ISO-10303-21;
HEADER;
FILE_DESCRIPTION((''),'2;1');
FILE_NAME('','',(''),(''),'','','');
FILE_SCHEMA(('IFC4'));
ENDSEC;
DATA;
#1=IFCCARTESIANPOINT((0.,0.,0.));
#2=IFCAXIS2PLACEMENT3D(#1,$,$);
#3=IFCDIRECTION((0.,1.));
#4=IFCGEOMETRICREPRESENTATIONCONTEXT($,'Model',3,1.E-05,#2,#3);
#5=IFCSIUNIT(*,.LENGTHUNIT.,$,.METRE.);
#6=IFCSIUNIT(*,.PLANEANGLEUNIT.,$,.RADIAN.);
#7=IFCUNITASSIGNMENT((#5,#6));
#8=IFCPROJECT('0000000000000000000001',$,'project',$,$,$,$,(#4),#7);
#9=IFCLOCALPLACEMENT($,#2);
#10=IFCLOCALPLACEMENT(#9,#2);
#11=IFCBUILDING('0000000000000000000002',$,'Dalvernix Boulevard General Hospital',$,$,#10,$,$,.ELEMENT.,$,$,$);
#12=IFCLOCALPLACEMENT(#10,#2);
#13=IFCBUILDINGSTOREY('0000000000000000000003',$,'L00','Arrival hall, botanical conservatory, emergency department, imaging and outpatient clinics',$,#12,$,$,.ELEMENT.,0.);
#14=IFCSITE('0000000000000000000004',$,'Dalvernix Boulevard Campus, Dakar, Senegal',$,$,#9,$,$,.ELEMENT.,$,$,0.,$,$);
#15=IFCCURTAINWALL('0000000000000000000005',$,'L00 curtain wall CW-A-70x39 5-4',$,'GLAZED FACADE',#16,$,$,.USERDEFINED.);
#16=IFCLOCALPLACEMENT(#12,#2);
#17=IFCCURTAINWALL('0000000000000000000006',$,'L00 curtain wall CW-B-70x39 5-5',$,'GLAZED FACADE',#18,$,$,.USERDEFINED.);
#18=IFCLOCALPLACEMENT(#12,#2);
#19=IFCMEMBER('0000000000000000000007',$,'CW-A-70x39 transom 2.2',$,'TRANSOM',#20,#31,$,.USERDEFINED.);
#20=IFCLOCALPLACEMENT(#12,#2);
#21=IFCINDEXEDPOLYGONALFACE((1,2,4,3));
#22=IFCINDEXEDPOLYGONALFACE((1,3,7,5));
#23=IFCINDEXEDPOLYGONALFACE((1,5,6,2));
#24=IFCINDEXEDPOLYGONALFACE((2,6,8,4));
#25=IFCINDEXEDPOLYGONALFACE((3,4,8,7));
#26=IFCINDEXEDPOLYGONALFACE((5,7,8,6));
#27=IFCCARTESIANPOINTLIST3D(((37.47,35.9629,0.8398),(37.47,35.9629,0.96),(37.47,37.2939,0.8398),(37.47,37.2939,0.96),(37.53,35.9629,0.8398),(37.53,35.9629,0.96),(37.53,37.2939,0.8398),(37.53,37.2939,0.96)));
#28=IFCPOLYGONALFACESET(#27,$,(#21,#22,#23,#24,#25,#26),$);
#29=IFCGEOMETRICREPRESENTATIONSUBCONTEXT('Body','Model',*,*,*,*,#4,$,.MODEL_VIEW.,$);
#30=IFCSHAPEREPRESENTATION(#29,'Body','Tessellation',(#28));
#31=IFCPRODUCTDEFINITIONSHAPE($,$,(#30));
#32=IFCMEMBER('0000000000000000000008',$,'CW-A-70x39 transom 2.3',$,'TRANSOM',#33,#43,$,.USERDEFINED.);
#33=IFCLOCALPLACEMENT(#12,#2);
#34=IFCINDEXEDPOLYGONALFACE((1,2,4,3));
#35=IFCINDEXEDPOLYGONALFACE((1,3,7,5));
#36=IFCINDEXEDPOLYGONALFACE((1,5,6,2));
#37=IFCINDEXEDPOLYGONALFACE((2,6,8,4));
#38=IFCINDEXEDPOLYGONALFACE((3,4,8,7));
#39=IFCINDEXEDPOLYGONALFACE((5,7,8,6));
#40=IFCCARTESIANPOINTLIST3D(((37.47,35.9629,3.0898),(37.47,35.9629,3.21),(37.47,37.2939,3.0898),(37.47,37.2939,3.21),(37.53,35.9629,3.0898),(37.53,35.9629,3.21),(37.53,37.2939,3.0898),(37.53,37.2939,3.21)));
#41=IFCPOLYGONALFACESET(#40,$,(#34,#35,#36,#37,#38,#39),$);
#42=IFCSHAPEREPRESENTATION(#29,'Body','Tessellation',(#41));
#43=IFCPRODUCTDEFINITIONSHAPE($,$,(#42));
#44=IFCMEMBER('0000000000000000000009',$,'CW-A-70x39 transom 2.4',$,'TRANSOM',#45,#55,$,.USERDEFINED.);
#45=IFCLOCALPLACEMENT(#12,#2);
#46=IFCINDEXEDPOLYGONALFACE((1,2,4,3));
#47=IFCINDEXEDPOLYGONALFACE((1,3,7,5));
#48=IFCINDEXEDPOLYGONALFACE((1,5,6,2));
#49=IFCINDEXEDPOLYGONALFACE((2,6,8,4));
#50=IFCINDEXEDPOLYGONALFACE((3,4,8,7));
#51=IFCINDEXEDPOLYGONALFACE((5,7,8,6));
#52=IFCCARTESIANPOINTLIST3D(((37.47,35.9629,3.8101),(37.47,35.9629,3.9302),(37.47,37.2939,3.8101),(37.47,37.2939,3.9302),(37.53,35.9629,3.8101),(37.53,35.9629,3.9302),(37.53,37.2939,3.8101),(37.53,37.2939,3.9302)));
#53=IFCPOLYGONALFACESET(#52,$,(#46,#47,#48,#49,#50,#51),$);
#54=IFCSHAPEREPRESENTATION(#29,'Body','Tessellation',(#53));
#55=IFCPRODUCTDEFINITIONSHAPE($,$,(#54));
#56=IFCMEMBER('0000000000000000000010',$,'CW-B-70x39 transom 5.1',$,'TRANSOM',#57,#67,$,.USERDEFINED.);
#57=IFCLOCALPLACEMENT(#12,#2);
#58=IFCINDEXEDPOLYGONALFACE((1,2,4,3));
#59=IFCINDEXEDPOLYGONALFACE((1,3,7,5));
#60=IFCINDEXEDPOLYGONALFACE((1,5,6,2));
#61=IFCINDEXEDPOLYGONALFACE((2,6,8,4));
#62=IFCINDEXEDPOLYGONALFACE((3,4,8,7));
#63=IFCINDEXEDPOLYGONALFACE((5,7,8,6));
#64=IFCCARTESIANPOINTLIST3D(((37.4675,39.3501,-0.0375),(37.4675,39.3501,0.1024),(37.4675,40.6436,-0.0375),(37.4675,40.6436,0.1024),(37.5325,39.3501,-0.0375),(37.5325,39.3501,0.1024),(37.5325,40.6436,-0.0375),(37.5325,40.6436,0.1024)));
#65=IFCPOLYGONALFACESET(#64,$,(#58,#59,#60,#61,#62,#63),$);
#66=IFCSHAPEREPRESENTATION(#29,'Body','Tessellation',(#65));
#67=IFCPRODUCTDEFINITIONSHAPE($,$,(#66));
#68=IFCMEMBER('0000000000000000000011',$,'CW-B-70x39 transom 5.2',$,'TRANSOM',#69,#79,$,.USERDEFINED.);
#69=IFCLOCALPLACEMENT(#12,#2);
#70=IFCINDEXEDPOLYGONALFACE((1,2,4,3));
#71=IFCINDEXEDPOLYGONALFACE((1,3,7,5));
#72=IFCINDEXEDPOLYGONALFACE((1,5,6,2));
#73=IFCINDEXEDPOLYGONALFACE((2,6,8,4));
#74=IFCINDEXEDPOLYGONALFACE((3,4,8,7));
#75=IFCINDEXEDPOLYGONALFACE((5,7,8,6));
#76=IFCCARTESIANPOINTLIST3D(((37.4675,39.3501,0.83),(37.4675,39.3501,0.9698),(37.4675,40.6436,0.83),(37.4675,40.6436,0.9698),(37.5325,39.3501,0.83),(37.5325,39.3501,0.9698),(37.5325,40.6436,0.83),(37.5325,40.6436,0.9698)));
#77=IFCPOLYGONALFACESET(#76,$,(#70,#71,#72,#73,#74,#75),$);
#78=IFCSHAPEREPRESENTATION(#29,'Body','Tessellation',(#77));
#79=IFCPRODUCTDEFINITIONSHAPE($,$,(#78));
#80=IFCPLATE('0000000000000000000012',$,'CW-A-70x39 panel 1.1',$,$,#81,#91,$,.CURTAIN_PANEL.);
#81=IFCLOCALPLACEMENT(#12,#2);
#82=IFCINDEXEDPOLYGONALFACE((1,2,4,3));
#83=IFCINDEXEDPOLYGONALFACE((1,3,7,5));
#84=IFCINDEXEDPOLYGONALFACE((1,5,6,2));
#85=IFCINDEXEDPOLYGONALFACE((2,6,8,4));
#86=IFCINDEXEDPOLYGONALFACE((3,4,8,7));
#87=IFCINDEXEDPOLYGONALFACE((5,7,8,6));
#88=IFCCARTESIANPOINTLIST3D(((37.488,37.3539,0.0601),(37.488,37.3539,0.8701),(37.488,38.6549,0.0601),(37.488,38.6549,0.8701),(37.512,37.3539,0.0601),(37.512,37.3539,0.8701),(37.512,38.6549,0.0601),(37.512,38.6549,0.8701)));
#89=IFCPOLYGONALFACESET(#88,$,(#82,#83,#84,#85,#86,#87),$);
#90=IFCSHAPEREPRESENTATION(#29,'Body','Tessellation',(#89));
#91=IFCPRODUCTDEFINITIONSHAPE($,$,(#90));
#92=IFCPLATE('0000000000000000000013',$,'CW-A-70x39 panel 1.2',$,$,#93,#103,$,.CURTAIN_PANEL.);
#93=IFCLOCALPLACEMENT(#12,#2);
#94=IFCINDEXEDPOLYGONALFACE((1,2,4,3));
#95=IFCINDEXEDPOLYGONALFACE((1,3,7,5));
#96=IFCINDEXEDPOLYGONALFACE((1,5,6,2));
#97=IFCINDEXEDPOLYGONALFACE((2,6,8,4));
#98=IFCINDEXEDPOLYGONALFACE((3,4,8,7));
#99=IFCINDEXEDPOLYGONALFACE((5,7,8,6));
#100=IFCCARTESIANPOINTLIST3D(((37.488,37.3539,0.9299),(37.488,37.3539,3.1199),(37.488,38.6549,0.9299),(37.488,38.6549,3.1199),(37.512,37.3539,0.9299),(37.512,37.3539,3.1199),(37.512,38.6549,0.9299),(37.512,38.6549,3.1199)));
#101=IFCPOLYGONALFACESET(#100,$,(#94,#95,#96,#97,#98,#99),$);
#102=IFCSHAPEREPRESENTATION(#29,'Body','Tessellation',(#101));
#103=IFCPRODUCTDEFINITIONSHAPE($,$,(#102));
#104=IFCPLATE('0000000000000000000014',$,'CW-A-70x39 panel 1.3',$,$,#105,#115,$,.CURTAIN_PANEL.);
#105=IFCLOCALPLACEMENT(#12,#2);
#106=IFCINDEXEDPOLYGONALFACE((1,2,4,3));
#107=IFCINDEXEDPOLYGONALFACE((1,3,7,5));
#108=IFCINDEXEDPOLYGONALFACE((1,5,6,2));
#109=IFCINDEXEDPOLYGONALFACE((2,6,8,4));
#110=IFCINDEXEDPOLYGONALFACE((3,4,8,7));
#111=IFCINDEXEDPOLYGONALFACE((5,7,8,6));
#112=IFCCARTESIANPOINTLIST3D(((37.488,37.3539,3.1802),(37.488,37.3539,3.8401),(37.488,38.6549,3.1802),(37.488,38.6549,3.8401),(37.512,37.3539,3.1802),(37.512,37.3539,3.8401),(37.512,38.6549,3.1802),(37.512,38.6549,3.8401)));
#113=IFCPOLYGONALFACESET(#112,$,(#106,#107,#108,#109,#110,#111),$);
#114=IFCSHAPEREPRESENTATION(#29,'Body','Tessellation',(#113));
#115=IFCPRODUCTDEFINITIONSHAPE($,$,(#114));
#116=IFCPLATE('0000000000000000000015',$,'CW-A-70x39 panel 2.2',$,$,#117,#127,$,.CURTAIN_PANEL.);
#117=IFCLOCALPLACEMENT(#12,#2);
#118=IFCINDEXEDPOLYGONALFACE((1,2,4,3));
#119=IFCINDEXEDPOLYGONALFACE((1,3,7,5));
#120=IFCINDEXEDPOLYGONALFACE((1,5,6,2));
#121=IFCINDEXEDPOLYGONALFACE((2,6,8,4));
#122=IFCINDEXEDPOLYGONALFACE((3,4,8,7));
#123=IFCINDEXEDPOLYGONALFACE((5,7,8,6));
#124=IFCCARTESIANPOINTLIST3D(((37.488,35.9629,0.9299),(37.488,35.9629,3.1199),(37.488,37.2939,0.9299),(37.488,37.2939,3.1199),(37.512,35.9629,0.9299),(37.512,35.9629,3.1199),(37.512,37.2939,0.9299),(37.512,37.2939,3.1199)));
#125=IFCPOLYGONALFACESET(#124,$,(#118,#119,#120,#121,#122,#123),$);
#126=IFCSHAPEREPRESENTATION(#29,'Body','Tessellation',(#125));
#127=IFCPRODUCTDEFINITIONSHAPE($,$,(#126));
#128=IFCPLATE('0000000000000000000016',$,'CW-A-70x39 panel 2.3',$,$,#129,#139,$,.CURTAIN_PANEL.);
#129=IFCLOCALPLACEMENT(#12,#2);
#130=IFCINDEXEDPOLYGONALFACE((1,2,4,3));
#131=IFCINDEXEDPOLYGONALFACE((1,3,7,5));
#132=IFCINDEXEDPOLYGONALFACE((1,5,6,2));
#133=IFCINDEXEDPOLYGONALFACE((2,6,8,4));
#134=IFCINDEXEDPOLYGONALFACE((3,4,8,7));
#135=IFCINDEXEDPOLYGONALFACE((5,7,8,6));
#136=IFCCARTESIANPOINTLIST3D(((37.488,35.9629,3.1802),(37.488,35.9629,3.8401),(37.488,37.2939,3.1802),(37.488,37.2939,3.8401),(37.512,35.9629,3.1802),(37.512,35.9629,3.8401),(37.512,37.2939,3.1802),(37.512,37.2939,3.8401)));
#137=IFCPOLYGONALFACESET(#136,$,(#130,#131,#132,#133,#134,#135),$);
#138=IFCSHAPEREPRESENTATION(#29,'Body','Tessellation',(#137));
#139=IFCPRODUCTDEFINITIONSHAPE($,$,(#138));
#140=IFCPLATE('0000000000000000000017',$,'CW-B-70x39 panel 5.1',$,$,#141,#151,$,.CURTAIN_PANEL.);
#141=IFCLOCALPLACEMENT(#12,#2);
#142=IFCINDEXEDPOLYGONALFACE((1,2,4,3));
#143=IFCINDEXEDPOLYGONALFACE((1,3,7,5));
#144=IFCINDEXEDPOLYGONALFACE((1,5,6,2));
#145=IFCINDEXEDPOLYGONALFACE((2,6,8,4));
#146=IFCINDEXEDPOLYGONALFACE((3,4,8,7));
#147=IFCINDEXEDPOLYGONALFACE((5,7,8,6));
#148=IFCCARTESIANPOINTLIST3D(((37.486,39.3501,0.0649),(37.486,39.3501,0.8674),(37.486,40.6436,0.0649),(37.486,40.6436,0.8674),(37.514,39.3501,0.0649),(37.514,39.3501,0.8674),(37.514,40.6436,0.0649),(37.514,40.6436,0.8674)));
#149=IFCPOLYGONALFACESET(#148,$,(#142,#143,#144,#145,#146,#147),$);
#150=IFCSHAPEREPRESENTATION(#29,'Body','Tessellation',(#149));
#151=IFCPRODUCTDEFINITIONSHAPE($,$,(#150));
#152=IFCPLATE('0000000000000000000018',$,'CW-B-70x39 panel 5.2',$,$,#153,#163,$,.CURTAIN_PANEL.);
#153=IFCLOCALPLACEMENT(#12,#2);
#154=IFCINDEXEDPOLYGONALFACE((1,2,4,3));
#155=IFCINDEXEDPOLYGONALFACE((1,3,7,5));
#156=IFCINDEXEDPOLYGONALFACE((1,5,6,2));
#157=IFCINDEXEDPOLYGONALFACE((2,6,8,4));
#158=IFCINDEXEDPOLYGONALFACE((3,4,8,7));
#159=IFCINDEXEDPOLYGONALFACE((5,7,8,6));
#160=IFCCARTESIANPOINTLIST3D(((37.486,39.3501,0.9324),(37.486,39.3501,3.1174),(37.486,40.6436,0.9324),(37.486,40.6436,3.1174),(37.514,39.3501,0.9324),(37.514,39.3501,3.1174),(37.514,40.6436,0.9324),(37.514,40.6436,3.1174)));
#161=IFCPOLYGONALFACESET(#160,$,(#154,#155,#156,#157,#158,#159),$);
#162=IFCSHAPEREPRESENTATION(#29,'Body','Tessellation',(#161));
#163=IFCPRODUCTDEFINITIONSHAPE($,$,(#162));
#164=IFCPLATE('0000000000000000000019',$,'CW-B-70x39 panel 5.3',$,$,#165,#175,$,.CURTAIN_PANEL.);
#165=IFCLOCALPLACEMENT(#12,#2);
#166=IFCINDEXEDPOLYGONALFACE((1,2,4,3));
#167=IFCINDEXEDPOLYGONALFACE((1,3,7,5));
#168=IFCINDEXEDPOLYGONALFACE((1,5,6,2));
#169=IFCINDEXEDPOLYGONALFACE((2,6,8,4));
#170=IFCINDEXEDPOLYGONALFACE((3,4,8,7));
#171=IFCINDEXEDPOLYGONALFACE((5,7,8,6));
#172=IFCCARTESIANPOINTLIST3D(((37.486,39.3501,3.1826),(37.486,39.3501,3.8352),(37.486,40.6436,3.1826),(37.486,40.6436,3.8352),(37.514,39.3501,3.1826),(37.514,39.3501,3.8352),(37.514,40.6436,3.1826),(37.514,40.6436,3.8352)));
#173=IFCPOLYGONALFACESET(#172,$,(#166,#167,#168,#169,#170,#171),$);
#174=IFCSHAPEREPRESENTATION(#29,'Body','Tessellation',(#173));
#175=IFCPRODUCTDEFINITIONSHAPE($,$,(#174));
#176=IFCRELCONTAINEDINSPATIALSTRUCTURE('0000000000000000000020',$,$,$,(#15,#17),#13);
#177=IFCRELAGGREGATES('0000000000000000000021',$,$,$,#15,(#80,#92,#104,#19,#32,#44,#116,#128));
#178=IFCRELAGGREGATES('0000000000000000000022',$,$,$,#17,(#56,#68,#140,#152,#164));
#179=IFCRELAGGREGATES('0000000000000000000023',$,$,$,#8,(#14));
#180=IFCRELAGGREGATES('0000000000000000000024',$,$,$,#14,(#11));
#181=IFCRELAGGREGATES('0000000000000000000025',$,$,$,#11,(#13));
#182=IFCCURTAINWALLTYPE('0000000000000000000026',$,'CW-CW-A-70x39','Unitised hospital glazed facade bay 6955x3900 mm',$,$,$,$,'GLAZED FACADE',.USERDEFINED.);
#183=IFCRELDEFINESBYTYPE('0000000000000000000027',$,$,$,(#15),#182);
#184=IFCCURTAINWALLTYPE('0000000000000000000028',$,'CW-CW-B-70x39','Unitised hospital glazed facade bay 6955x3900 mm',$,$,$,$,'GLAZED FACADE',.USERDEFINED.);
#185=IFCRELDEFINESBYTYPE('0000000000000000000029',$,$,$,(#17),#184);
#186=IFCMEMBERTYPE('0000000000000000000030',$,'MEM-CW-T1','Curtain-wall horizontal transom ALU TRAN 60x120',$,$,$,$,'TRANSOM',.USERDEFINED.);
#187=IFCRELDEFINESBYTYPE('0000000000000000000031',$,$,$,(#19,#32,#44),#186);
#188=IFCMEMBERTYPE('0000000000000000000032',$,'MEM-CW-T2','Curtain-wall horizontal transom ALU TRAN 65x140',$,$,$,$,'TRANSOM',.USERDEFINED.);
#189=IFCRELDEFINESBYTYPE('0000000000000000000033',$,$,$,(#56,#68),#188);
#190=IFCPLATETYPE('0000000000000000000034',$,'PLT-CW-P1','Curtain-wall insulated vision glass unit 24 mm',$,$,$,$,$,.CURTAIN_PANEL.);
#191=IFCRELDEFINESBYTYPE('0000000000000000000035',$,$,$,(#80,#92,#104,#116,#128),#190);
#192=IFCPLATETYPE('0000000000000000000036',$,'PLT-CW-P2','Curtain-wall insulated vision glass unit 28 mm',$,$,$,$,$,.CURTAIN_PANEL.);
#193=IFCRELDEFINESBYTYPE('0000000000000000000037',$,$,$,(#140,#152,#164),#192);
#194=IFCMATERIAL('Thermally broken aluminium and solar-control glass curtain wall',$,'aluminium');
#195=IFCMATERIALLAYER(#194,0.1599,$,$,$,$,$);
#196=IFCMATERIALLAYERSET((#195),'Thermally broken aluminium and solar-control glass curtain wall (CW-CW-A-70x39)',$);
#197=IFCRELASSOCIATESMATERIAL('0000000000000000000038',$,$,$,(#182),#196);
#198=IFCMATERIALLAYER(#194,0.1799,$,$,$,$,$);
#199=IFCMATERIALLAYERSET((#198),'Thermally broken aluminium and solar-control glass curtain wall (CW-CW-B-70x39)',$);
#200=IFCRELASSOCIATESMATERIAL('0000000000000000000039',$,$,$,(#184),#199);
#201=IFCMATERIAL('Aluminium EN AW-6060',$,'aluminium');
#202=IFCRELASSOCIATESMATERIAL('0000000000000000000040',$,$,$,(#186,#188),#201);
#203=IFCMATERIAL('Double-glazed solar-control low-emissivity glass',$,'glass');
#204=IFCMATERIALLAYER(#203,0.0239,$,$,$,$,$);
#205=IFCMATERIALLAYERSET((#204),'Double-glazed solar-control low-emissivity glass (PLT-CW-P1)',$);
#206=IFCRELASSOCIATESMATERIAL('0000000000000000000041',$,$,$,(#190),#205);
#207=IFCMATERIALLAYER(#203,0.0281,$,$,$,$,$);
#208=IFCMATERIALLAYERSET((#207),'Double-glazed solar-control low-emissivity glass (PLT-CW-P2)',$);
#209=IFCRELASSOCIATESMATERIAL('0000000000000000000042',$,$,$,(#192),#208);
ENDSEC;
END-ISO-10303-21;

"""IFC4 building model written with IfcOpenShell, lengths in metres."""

from ifc_helpers import new_model, si_unit, direction, frame, origin, origin_2d, place, context, subcontext, project, spatial, rectangle, extrude, material, layer, layer_set, material_profile, profile_set, type_object, element, aggregate, save


model = new_model("IFC4")

# Units and contexts
model_context = context("Model", 3, precision=1e-05, world=origin(), true_north=direction((0.0, 1.0)))
body_context = subcontext(model_context, "Body", "Model", "MODEL_VIEW")
ifc_project = project(units=[si_unit("LENGTHUNIT", "METRE"), si_unit("PLANEANGLEUNIT", "RADIAN")], contexts=[model_context])

# Site, building, storey
site_placement = place(None, origin())
site = spatial("IfcSite", under=ifc_project, at=site_placement, Name="Dalvernix Boulevard Campus, Dakar, Senegal", CompositionType="ELEMENT", RefElevation=0.0)
building_placement = place(site_placement, origin())
building = spatial("IfcBuilding", under=site, at=building_placement, Name="Dalvernix Boulevard General Hospital", CompositionType="ELEMENT")
storey_placement = place(building_placement, origin())
storey = spatial("IfcBuildingStorey", under=building, at=storey_placement, Name="L00", Description="Arrival hall, botanical conservatory, emergency department, imaging and outpatient clinics", CompositionType="ELEMENT", Elevation=0.0)

# Curtain wall
ifc_material_1 = material(Name="Thermally broken aluminium and solar-control glass curtain wall", Category="aluminium")
ifc_layer_1 = layer(ifc_material_1, 0.1599)
ifc_layer_set_1 = layer_set([ifc_layer_1], Name="Thermally broken aluminium and solar-control glass curtain wall (CW-CW-A-70x39)")
curtain_wall_type_1 = type_object("IfcCurtainWallType", Name="CW-CW-A-70x39", Description="Unitised hospital glazed facade bay 6955x3900 mm", ElementType="GLAZED FACADE", PredefinedType="USERDEFINED", material=ifc_layer_set_1)
curtain_wall_1_placement = place(storey_placement, origin())
curtain_wall_1 = element("IfcCurtainWall", 1, at=curtain_wall_1_placement, inside=storey, type_object=curtain_wall_type_1, Name="L00 curtain wall CW-A-70x39 5-4", ObjectType="GLAZED FACADE", PredefinedType="USERDEFINED")
ifc_material_2 = material(Name="Aluminium EN AW-6060", Category="aluminium")

# Curtain wall
ifc_layer_2 = layer(ifc_material_1, 0.1799)
ifc_layer_set_2 = layer_set([ifc_layer_2], Name="Thermally broken aluminium and solar-control glass curtain wall (CW-CW-B-70x39)")
curtain_wall_type_2 = type_object("IfcCurtainWallType", Name="CW-CW-B-70x39", Description="Unitised hospital glazed facade bay 6955x3900 mm", ElementType="GLAZED FACADE", PredefinedType="USERDEFINED", material=ifc_layer_set_2)
curtain_wall_2_placement = place(storey_placement, origin())
curtain_wall_2 = element("IfcCurtainWall", 2, at=curtain_wall_2_placement, inside=storey, type_object=curtain_wall_type_2, Name="L00 curtain wall CW-B-70x39 5-5", ObjectType="GLAZED FACADE", PredefinedType="USERDEFINED")

# Members
ifc_material_profile_1 = material_profile(ifc_material_2, rectangle(XDim=0.0601, YDim=0.1201, at=origin_2d()), Name="ALU TRAN 60x120")
ifc_profile_set_1 = profile_set([ifc_material_profile_1], Name="Aluminium EN AW-6060")
member_type_1 = type_object("IfcMemberType", Name="MEM-CW-T1", Description="Curtain-wall horizontal transom ALU TRAN 60x120", ElementType="TRANSOM", PredefinedType="USERDEFINED", material=ifc_profile_set_1)
member_1_placement = place(storey_placement, frame((37.5, 37.2939, 0.8999), z_axis=(0.0, -1.0, 0.0), x_axis=(1.0, 0.0, 0.0)))
member_1 = element("IfcMember", 3, at=member_1_placement, type_object=member_type_1, Name="CW-A-70x39 transom 2.2", ObjectType="TRANSOM", PredefinedType="USERDEFINED", context=body_context, shape_type="SweptSolid", body=[
    extrude(rectangle(XDim=0.0601, YDim=0.1201, at=origin_2d()), origin(), (0.0, 0.0, 1.0), 1.3311),
])
member_2_placement = place(storey_placement, frame((37.5, 37.2939, 3.1499), z_axis=(0.0, -1.0, 0.0), x_axis=(1.0, 0.0, 0.0)))
member_2 = element("IfcMember", 4, at=member_2_placement, type_object=member_type_1, Name="CW-A-70x39 transom 2.3", ObjectType="TRANSOM", PredefinedType="USERDEFINED", context=body_context, shape_type="SweptSolid", body=[
    extrude(rectangle(XDim=0.0601, YDim=0.1201, at=origin_2d()), origin(), (0.0, 0.0, 1.0), 1.3311),
])
member_3_placement = place(storey_placement, frame((37.5, 37.2939, 3.8701), z_axis=(0.0, -1.0, 0.0), x_axis=(1.0, 0.0, 0.0)))
member_3 = element("IfcMember", 5, at=member_3_placement, type_object=member_type_1, Name="CW-A-70x39 transom 2.4", ObjectType="TRANSOM", PredefinedType="USERDEFINED", context=body_context, shape_type="SweptSolid", body=[
    extrude(rectangle(XDim=0.0601, YDim=0.1201, at=origin_2d()), origin(), (0.0, 0.0, 1.0), 1.3311),
])
ifc_material_profile_2 = material_profile(ifc_material_2, rectangle(XDim=0.0649, YDim=0.1399, at=origin_2d()), Name="ALU TRAN 65x140")
ifc_profile_set_2 = profile_set([ifc_material_profile_2], Name="Aluminium EN AW-6060")
member_type_2 = type_object("IfcMemberType", Name="MEM-CW-T2", Description="Curtain-wall horizontal transom ALU TRAN 65x140", ElementType="TRANSOM", PredefinedType="USERDEFINED", material=ifc_profile_set_2)
member_4_placement = place(storey_placement, frame((37.5, 40.6436, 0.0325), z_axis=(0.0, -1.0, 0.0), x_axis=(1.0, 0.0, 0.0)))
member_4 = element("IfcMember", 6, at=member_4_placement, type_object=member_type_2, Name="CW-B-70x39 transom 5.1", ObjectType="TRANSOM", PredefinedType="USERDEFINED", context=body_context, shape_type="SweptSolid", body=[
    extrude(rectangle(XDim=0.0649, YDim=0.1399, at=origin_2d()), origin(), (0.0, 0.0, 1.0), 1.2935),
])
member_5_placement = place(storey_placement, frame((37.5, 40.6436, 0.8999), z_axis=(0.0, -1.0, 0.0), x_axis=(1.0, 0.0, 0.0)))
member_5 = element("IfcMember", 7, at=member_5_placement, type_object=member_type_2, Name="CW-B-70x39 transom 5.2", ObjectType="TRANSOM", PredefinedType="USERDEFINED", context=body_context, shape_type="SweptSolid", body=[
    extrude(rectangle(XDim=0.0649, YDim=0.1399, at=origin_2d()), origin(), (0.0, 0.0, 1.0), 1.2935),
])

# Plates
ifc_material_3 = material(Name="Double-glazed solar-control low-emissivity glass", Category="glass")
ifc_layer_3 = layer(ifc_material_3, 0.0239)
ifc_layer_set_3 = layer_set([ifc_layer_3], Name="Double-glazed solar-control low-emissivity glass (PLT-CW-P1)")
plate_type_1 = type_object("IfcPlateType", Name="PLT-CW-P1", Description="Curtain-wall insulated vision glass unit 24 mm", PredefinedType="CURTAIN_PANEL", material=ifc_layer_set_3)
plate_1_placement = place(storey_placement, frame((37.5, 38.0044, 0.0601), z_axis=(0.0, 0.0, 1.0), x_axis=(0.0, -1.0, 0.0)))
plate_1 = element("IfcPlate", 8, at=plate_1_placement, type_object=plate_type_1, Name="CW-A-70x39 panel 1.1", PredefinedType="CURTAIN_PANEL", context=body_context, shape_type="SweptSolid", body=[
    extrude(rectangle(XDim=1.301, YDim=0.0239, at=origin_2d()), origin(), (0.0, 0.0, 1.0), 0.8101),
])
plate_2_placement = place(storey_placement, frame((37.5, 38.0044, 0.9299), z_axis=(0.0, 0.0, 1.0), x_axis=(0.0, -1.0, 0.0)))
plate_2 = element("IfcPlate", 9, at=plate_2_placement, type_object=plate_type_1, Name="CW-A-70x39 panel 1.2", PredefinedType="CURTAIN_PANEL", context=body_context, shape_type="SweptSolid", body=[
    extrude(rectangle(XDim=1.301, YDim=0.0239, at=origin_2d()), origin(), (0.0, 0.0, 1.0), 2.1899),
])
plate_3_placement = place(storey_placement, frame((37.5, 38.0044, 3.1802), z_axis=(0.0, 0.0, 1.0), x_axis=(0.0, -1.0, 0.0)))
plate_3 = element("IfcPlate", 10, at=plate_3_placement, type_object=plate_type_1, Name="CW-A-70x39 panel 1.3", PredefinedType="CURTAIN_PANEL", context=body_context, shape_type="SweptSolid", body=[
    extrude(rectangle(XDim=1.301, YDim=0.0239, at=origin_2d()), origin(), (0.0, 0.0, 1.0), 0.6599),
])
plate_4_placement = place(storey_placement, frame((37.5, 36.6284, 0.9299), z_axis=(0.0, 0.0, 1.0), x_axis=(0.0, -1.0, 0.0)))
plate_4 = element("IfcPlate", 11, at=plate_4_placement, type_object=plate_type_1, Name="CW-A-70x39 panel 2.2", PredefinedType="CURTAIN_PANEL", context=body_context, shape_type="SweptSolid", body=[
    extrude(rectangle(XDim=1.3311, YDim=0.0239, at=origin_2d()), origin(), (0.0, 0.0, 1.0), 2.1899),
])
plate_5_placement = place(storey_placement, frame((37.5, 36.6284, 3.1802), z_axis=(0.0, 0.0, 1.0), x_axis=(0.0, -1.0, 0.0)))
plate_5 = element("IfcPlate", 12, at=plate_5_placement, type_object=plate_type_1, Name="CW-A-70x39 panel 2.3", PredefinedType="CURTAIN_PANEL", context=body_context, shape_type="SweptSolid", body=[
    extrude(rectangle(XDim=1.3311, YDim=0.0239, at=origin_2d()), origin(), (0.0, 0.0, 1.0), 0.6599),
])
aggregate(curtain_wall_1, [plate_1, plate_2, plate_3, member_1, member_2, member_3, plate_4, plate_5])
ifc_layer_4 = layer(ifc_material_3, 0.0281)
ifc_layer_set_4 = layer_set([ifc_layer_4], Name="Double-glazed solar-control low-emissivity glass (PLT-CW-P2)")
plate_type_2 = type_object("IfcPlateType", Name="PLT-CW-P2", Description="Curtain-wall insulated vision glass unit 28 mm", PredefinedType="CURTAIN_PANEL", material=ifc_layer_set_4)
plate_6_placement = place(storey_placement, frame((37.5, 39.9968, 0.0649), z_axis=(0.0, 0.0, 1.0), x_axis=(0.0, -1.0, 0.0)))
plate_6 = element("IfcPlate", 13, at=plate_6_placement, type_object=plate_type_2, Name="CW-B-70x39 panel 5.1", PredefinedType="CURTAIN_PANEL", context=body_context, shape_type="SweptSolid", body=[
    extrude(rectangle(XDim=1.2935, YDim=0.0281, at=origin_2d()), origin(), (0.0, 0.0, 1.0), 0.8025),
])
plate_7_placement = place(storey_placement, frame((37.5, 39.9968, 0.9324), z_axis=(0.0, 0.0, 1.0), x_axis=(0.0, -1.0, 0.0)))
plate_7 = element("IfcPlate", 14, at=plate_7_placement, type_object=plate_type_2, Name="CW-B-70x39 panel 5.2", PredefinedType="CURTAIN_PANEL", context=body_context, shape_type="SweptSolid", body=[
    extrude(rectangle(XDim=1.2935, YDim=0.0281, at=origin_2d()), origin(), (0.0, 0.0, 1.0), 2.1851),
])
plate_8_placement = place(storey_placement, frame((37.5, 39.9968, 3.1826), z_axis=(0.0, 0.0, 1.0), x_axis=(0.0, -1.0, 0.0)))
plate_8 = element("IfcPlate", 15, at=plate_8_placement, type_object=plate_type_2, Name="CW-B-70x39 panel 5.3", PredefinedType="CURTAIN_PANEL", context=body_context, shape_type="SweptSolid", body=[
    extrude(rectangle(XDim=1.2935, YDim=0.0281, at=origin_2d()), origin(), (0.0, 0.0, 1.0), 0.6526),
])
aggregate(curtain_wall_2, [member_4, member_5, plate_6, plate_7, plate_8])

save(model, "model.ifc")
